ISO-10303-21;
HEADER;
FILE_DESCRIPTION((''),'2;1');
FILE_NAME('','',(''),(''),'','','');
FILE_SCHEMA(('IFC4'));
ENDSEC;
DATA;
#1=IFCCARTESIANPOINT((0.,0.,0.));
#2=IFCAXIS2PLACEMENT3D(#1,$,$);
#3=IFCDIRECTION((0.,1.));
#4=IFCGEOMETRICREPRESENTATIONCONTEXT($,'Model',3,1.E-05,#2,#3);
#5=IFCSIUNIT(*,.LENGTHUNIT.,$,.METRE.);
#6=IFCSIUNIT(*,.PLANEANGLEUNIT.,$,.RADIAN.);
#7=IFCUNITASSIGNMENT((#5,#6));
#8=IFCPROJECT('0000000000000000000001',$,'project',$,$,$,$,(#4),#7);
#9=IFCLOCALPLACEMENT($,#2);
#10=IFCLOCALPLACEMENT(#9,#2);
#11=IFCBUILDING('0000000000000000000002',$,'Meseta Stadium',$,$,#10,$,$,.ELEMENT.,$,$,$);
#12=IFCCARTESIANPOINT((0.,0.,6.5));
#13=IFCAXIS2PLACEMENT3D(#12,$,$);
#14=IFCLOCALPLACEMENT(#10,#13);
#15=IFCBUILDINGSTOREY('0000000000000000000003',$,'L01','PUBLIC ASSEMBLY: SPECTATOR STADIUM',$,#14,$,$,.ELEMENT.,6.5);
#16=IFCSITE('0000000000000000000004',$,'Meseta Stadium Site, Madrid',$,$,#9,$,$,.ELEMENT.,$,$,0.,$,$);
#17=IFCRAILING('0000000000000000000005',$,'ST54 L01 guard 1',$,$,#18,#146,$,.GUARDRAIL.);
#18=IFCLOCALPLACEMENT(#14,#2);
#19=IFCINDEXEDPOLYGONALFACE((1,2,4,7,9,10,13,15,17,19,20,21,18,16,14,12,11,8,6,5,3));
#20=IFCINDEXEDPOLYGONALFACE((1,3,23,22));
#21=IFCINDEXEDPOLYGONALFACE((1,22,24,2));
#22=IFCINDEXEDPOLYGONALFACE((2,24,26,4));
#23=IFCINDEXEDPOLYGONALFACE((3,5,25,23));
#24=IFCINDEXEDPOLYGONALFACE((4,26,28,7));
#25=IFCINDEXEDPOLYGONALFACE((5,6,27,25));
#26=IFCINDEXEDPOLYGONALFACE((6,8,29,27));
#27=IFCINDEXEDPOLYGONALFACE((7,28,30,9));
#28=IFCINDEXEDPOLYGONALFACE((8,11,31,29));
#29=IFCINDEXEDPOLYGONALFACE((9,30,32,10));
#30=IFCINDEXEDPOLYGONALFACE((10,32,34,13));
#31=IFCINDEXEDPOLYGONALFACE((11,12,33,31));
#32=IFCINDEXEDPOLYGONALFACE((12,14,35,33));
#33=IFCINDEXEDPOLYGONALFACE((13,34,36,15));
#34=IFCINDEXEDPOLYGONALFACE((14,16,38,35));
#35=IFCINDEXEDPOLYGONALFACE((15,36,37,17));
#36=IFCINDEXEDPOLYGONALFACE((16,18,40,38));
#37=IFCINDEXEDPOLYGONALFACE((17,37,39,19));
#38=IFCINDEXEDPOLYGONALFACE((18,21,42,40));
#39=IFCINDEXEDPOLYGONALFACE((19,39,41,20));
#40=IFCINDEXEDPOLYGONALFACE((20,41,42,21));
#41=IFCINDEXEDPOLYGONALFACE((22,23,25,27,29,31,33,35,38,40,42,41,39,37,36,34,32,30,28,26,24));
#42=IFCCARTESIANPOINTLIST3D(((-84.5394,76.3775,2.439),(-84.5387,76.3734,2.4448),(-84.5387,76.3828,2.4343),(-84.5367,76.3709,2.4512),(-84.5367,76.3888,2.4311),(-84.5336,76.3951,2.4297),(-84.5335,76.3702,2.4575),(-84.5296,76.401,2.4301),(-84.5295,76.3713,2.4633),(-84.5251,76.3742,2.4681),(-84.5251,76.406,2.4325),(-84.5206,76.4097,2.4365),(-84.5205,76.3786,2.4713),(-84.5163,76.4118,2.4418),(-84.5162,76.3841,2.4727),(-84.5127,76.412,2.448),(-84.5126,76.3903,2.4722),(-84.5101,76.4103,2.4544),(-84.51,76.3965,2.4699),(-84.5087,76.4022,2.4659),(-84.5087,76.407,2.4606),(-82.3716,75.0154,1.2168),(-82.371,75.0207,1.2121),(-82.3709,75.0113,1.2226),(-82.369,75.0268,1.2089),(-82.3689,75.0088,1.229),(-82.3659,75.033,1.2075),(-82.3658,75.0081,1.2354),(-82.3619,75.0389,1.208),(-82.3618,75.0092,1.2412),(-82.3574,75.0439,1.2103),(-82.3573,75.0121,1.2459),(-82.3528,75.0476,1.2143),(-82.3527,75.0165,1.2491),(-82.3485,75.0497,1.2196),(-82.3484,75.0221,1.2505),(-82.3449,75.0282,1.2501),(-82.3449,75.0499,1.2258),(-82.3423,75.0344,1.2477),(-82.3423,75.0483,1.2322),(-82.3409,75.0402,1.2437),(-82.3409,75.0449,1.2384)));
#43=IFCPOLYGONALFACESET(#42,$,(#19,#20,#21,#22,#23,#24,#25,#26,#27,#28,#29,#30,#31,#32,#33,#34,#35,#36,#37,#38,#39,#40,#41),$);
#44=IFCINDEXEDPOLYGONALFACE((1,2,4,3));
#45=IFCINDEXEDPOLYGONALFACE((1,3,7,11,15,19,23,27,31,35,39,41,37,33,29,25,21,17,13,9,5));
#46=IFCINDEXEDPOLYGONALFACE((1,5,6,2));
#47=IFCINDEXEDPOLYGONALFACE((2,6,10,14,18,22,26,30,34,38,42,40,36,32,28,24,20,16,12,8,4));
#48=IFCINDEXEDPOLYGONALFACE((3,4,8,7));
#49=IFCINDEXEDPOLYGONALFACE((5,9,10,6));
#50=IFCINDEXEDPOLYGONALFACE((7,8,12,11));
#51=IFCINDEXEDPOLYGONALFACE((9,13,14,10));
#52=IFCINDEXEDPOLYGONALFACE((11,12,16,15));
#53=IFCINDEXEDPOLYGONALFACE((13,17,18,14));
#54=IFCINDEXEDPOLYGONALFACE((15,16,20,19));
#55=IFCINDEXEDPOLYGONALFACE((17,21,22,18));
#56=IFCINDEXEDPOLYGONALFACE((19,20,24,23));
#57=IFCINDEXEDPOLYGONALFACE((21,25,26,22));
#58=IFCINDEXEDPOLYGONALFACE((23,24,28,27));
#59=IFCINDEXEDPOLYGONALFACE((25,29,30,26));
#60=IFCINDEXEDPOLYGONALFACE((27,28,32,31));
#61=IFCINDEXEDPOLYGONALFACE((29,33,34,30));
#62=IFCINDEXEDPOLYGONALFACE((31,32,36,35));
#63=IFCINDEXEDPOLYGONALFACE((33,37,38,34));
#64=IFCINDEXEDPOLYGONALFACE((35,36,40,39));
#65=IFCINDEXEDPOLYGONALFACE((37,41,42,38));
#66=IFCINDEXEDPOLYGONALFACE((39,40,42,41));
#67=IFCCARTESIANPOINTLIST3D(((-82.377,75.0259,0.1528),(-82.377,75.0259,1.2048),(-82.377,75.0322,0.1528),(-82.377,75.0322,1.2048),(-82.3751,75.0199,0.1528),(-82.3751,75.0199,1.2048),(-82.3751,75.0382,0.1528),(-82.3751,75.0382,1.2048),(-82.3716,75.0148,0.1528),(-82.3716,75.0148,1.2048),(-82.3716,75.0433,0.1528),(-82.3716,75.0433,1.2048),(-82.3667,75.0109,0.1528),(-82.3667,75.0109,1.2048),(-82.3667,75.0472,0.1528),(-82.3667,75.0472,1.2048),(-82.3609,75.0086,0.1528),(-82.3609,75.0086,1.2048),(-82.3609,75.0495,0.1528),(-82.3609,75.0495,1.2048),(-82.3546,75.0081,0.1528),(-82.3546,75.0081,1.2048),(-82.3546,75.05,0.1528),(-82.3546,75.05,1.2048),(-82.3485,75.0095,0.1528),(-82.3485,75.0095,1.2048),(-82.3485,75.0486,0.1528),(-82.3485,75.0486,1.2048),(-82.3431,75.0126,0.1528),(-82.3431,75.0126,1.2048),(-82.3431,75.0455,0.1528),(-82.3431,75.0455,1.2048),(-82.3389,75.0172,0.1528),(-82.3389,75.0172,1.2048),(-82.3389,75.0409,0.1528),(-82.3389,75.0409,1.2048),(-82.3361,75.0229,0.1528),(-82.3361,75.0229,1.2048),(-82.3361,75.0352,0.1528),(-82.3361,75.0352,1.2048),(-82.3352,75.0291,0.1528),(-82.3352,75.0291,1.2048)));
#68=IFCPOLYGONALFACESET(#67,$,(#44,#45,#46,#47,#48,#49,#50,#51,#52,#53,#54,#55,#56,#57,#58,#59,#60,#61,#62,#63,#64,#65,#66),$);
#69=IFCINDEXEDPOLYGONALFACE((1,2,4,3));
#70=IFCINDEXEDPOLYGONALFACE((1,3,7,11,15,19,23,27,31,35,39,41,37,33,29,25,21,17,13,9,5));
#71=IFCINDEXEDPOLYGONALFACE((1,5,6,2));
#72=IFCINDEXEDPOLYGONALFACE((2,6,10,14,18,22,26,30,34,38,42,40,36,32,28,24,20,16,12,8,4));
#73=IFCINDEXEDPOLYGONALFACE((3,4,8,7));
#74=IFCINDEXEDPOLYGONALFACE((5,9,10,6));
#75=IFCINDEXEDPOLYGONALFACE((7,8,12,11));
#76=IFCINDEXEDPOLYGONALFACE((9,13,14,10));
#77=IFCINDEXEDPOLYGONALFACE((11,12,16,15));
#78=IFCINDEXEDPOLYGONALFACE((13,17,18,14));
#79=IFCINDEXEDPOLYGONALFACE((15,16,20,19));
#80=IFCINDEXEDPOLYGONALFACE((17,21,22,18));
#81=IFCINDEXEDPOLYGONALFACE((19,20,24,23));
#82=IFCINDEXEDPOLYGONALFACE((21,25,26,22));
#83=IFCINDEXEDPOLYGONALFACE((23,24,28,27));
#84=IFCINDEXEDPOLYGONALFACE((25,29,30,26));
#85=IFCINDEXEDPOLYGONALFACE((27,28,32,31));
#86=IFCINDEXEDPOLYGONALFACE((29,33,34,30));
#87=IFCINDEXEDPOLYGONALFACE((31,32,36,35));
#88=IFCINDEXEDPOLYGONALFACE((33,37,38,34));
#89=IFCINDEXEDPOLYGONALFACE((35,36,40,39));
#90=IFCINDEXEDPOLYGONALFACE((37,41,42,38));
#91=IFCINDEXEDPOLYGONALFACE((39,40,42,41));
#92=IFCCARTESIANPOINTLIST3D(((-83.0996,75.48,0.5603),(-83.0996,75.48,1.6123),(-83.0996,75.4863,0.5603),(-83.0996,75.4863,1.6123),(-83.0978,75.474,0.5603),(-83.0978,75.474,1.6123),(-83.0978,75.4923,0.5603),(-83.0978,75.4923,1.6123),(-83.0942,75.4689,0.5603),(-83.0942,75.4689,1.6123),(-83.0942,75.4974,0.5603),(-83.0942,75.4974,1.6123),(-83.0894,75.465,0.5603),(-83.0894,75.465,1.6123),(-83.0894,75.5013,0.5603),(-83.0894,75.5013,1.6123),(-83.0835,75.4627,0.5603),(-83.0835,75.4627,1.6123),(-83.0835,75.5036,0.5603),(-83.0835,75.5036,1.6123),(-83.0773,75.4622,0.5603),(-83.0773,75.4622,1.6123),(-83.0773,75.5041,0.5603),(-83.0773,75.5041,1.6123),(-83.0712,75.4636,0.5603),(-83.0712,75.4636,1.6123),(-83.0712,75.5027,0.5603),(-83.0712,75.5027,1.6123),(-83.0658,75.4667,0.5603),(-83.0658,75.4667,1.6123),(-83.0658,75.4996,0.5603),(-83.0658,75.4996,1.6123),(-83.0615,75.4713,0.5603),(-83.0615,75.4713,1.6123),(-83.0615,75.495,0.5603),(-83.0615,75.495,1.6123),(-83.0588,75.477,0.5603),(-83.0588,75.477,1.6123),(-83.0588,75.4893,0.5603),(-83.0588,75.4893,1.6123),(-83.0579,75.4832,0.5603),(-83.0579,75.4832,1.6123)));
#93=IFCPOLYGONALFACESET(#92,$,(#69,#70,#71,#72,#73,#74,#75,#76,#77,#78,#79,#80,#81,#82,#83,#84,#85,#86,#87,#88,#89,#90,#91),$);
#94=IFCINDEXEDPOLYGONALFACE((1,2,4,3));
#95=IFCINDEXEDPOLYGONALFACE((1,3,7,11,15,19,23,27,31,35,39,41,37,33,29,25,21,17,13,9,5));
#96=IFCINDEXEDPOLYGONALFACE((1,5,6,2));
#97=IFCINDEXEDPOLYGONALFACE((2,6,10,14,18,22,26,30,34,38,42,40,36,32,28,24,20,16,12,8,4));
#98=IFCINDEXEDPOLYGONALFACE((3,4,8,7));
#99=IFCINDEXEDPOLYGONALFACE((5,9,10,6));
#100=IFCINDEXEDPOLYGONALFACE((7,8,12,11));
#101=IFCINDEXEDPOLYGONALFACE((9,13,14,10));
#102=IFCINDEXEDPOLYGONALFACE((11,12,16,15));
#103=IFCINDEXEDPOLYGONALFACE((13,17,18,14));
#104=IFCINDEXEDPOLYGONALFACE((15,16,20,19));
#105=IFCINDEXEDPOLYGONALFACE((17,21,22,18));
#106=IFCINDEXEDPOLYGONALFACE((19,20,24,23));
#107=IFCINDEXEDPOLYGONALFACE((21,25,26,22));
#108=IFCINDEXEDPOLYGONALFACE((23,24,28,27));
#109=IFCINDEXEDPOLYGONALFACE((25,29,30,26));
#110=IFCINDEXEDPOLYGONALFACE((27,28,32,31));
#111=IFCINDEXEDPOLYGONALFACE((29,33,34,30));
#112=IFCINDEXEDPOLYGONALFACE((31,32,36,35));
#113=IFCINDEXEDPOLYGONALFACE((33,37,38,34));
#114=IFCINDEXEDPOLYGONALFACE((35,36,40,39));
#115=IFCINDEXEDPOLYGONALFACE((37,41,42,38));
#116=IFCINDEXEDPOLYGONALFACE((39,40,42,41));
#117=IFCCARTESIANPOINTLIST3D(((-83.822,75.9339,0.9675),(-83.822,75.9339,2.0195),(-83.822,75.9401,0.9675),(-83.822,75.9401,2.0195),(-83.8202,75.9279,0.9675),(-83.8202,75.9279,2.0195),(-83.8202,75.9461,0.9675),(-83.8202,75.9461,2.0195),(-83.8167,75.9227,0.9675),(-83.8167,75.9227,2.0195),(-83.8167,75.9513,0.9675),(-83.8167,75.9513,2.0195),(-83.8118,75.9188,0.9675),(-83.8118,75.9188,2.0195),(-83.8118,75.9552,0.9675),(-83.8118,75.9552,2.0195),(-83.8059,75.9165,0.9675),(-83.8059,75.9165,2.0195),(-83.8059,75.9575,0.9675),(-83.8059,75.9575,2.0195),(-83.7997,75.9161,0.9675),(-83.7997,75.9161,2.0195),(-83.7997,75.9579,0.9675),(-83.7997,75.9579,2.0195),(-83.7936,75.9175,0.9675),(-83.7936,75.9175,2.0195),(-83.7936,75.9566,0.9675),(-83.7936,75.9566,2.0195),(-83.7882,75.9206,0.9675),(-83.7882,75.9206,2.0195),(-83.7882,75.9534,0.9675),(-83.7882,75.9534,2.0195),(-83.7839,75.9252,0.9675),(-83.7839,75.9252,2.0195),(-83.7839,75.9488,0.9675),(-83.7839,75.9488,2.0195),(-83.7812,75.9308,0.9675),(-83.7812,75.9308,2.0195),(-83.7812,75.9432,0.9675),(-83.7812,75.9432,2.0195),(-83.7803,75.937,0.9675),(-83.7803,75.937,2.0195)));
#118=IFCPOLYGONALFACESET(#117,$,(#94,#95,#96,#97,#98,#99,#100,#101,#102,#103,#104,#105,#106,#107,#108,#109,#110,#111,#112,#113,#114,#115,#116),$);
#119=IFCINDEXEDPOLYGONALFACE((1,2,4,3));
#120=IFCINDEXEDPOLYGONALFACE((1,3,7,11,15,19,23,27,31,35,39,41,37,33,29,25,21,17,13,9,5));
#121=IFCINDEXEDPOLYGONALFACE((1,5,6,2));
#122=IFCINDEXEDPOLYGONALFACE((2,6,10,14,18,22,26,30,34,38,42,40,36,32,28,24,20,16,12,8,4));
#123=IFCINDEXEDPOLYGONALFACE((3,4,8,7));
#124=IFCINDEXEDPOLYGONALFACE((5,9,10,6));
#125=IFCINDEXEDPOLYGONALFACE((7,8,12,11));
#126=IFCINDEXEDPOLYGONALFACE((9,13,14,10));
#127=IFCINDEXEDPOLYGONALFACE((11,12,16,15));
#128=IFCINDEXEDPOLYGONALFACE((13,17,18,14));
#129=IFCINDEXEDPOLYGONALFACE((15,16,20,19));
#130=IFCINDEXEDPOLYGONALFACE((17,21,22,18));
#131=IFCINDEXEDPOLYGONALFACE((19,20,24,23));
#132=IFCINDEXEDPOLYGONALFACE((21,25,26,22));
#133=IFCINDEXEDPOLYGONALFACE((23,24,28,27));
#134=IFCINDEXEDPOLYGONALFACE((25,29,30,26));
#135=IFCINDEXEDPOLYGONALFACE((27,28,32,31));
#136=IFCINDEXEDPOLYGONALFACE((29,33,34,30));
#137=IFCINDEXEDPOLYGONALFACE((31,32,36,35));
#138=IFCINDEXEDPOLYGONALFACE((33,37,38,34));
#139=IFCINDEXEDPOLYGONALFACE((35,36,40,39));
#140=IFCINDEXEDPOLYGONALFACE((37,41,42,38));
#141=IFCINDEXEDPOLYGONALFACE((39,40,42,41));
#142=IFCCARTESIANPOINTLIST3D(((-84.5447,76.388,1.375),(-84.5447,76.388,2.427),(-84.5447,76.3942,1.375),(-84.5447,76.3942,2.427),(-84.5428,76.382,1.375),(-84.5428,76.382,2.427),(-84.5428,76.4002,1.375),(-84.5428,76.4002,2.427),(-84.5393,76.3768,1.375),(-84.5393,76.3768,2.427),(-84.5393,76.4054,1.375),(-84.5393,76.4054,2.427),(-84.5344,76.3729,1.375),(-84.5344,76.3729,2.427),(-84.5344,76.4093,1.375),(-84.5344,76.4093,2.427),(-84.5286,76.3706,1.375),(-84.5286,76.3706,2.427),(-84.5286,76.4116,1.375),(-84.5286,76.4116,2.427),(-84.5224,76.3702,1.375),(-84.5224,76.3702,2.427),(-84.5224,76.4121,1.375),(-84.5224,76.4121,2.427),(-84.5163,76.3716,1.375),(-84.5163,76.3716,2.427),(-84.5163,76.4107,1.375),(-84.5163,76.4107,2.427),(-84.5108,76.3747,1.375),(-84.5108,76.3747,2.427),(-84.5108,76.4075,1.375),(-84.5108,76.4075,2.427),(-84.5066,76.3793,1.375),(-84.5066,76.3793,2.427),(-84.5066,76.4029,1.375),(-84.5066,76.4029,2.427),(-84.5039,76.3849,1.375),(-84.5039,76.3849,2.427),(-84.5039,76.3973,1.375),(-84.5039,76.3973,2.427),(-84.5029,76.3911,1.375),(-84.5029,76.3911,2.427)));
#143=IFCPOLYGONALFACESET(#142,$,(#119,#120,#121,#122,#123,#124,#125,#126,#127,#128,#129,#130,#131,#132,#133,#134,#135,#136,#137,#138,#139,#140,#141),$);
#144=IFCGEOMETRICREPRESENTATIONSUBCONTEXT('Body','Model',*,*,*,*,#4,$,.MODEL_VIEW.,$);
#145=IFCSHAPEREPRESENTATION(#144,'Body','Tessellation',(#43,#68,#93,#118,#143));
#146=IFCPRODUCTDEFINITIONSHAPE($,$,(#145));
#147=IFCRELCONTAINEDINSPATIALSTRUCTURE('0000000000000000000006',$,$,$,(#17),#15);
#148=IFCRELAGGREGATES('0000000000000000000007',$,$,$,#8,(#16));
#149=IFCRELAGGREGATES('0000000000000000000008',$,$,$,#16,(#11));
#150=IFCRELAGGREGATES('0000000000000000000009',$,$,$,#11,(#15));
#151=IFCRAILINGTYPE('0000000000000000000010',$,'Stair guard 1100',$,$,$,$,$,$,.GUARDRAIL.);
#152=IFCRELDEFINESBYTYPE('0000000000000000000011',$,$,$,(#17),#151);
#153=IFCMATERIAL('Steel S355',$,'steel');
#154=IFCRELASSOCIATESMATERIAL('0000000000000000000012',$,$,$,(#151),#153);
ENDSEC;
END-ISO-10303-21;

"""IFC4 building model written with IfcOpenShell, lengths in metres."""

from ifc_helpers import new_model, si_unit, direction, frame, origin, origin_2d, place, context, subcontext, project, spatial, circle, extrude, material, type_object, element, save


model = new_model("IFC4")

# Units and contexts
model_context = context("Model", 3, precision=1e-05, world=origin(), true_north=direction((0.0, 1.0)))
body_context = subcontext(model_context, "Body", "Model", "MODEL_VIEW")
ifc_project = project(units=[si_unit("LENGTHUNIT", "METRE"), si_unit("PLANEANGLEUNIT", "RADIAN")], contexts=[model_context])

# Site, building, storey
site_placement = place(None, origin())
site = spatial("IfcSite", under=ifc_project, at=site_placement, Name="Meseta Stadium Site, Madrid", CompositionType="ELEMENT", RefElevation=0.0)
building_placement = place(site_placement, origin())
building = spatial("IfcBuilding", under=site, at=building_placement, Name="Meseta Stadium", CompositionType="ELEMENT")
storey_placement = place(building_placement, frame((0.0, 0.0, 6.5)))
storey = spatial("IfcBuildingStorey", under=building, at=storey_placement, Name="L01", Description="PUBLIC ASSEMBLY: SPECTATOR STADIUM", CompositionType="ELEMENT", Elevation=6.5)

# Railing
ifc_material_1 = material(Name="Steel S355", Category="steel")
railing_type_1 = type_object("IfcRailingType", Name="Stair guard 1100", PredefinedType="GUARDRAIL", material=ifc_material_1)
railing_1_placement = place(storey_placement, frame((-82.3562, 75.0291, 0.1528)))
element("IfcRailing", 1, at=railing_1_placement, inside=storey, type_object=railing_type_1, Name="ST54 L01 guard 1", PredefinedType="GUARDRAIL", context=body_context, shape_type="SweptSolid", body=[
    extrude(circle(Radius=0.0239, at=origin_2d()), frame((0.0, 0.0, 1.0762), z_axis=(-0.764121, 0.480125, 0.430813), x_axis=(-0.532029, -0.846726, 0.0)), (0.0, 0.0, 1.0), 2.8369),
    extrude(circle(Radius=0.021, at=origin_2d()), origin(), (0.0, 0.0, 1.0), 1.052),
    extrude(circle(Radius=0.021, at=origin_2d()), frame((-0.7227, 0.4541, 0.4075)), (0.0, 0.0, 1.0), 1.052),
    extrude(circle(Radius=0.021, at=origin_2d()), frame((-1.4451, 0.908, 0.8147)), (0.0, 0.0, 1.0), 1.052),
    extrude(circle(Radius=0.021, at=origin_2d()), frame((-2.1677, 1.3621, 1.2222)), (0.0, 0.0, 1.0), 1.052),
])

save(model, "model.ifc")
